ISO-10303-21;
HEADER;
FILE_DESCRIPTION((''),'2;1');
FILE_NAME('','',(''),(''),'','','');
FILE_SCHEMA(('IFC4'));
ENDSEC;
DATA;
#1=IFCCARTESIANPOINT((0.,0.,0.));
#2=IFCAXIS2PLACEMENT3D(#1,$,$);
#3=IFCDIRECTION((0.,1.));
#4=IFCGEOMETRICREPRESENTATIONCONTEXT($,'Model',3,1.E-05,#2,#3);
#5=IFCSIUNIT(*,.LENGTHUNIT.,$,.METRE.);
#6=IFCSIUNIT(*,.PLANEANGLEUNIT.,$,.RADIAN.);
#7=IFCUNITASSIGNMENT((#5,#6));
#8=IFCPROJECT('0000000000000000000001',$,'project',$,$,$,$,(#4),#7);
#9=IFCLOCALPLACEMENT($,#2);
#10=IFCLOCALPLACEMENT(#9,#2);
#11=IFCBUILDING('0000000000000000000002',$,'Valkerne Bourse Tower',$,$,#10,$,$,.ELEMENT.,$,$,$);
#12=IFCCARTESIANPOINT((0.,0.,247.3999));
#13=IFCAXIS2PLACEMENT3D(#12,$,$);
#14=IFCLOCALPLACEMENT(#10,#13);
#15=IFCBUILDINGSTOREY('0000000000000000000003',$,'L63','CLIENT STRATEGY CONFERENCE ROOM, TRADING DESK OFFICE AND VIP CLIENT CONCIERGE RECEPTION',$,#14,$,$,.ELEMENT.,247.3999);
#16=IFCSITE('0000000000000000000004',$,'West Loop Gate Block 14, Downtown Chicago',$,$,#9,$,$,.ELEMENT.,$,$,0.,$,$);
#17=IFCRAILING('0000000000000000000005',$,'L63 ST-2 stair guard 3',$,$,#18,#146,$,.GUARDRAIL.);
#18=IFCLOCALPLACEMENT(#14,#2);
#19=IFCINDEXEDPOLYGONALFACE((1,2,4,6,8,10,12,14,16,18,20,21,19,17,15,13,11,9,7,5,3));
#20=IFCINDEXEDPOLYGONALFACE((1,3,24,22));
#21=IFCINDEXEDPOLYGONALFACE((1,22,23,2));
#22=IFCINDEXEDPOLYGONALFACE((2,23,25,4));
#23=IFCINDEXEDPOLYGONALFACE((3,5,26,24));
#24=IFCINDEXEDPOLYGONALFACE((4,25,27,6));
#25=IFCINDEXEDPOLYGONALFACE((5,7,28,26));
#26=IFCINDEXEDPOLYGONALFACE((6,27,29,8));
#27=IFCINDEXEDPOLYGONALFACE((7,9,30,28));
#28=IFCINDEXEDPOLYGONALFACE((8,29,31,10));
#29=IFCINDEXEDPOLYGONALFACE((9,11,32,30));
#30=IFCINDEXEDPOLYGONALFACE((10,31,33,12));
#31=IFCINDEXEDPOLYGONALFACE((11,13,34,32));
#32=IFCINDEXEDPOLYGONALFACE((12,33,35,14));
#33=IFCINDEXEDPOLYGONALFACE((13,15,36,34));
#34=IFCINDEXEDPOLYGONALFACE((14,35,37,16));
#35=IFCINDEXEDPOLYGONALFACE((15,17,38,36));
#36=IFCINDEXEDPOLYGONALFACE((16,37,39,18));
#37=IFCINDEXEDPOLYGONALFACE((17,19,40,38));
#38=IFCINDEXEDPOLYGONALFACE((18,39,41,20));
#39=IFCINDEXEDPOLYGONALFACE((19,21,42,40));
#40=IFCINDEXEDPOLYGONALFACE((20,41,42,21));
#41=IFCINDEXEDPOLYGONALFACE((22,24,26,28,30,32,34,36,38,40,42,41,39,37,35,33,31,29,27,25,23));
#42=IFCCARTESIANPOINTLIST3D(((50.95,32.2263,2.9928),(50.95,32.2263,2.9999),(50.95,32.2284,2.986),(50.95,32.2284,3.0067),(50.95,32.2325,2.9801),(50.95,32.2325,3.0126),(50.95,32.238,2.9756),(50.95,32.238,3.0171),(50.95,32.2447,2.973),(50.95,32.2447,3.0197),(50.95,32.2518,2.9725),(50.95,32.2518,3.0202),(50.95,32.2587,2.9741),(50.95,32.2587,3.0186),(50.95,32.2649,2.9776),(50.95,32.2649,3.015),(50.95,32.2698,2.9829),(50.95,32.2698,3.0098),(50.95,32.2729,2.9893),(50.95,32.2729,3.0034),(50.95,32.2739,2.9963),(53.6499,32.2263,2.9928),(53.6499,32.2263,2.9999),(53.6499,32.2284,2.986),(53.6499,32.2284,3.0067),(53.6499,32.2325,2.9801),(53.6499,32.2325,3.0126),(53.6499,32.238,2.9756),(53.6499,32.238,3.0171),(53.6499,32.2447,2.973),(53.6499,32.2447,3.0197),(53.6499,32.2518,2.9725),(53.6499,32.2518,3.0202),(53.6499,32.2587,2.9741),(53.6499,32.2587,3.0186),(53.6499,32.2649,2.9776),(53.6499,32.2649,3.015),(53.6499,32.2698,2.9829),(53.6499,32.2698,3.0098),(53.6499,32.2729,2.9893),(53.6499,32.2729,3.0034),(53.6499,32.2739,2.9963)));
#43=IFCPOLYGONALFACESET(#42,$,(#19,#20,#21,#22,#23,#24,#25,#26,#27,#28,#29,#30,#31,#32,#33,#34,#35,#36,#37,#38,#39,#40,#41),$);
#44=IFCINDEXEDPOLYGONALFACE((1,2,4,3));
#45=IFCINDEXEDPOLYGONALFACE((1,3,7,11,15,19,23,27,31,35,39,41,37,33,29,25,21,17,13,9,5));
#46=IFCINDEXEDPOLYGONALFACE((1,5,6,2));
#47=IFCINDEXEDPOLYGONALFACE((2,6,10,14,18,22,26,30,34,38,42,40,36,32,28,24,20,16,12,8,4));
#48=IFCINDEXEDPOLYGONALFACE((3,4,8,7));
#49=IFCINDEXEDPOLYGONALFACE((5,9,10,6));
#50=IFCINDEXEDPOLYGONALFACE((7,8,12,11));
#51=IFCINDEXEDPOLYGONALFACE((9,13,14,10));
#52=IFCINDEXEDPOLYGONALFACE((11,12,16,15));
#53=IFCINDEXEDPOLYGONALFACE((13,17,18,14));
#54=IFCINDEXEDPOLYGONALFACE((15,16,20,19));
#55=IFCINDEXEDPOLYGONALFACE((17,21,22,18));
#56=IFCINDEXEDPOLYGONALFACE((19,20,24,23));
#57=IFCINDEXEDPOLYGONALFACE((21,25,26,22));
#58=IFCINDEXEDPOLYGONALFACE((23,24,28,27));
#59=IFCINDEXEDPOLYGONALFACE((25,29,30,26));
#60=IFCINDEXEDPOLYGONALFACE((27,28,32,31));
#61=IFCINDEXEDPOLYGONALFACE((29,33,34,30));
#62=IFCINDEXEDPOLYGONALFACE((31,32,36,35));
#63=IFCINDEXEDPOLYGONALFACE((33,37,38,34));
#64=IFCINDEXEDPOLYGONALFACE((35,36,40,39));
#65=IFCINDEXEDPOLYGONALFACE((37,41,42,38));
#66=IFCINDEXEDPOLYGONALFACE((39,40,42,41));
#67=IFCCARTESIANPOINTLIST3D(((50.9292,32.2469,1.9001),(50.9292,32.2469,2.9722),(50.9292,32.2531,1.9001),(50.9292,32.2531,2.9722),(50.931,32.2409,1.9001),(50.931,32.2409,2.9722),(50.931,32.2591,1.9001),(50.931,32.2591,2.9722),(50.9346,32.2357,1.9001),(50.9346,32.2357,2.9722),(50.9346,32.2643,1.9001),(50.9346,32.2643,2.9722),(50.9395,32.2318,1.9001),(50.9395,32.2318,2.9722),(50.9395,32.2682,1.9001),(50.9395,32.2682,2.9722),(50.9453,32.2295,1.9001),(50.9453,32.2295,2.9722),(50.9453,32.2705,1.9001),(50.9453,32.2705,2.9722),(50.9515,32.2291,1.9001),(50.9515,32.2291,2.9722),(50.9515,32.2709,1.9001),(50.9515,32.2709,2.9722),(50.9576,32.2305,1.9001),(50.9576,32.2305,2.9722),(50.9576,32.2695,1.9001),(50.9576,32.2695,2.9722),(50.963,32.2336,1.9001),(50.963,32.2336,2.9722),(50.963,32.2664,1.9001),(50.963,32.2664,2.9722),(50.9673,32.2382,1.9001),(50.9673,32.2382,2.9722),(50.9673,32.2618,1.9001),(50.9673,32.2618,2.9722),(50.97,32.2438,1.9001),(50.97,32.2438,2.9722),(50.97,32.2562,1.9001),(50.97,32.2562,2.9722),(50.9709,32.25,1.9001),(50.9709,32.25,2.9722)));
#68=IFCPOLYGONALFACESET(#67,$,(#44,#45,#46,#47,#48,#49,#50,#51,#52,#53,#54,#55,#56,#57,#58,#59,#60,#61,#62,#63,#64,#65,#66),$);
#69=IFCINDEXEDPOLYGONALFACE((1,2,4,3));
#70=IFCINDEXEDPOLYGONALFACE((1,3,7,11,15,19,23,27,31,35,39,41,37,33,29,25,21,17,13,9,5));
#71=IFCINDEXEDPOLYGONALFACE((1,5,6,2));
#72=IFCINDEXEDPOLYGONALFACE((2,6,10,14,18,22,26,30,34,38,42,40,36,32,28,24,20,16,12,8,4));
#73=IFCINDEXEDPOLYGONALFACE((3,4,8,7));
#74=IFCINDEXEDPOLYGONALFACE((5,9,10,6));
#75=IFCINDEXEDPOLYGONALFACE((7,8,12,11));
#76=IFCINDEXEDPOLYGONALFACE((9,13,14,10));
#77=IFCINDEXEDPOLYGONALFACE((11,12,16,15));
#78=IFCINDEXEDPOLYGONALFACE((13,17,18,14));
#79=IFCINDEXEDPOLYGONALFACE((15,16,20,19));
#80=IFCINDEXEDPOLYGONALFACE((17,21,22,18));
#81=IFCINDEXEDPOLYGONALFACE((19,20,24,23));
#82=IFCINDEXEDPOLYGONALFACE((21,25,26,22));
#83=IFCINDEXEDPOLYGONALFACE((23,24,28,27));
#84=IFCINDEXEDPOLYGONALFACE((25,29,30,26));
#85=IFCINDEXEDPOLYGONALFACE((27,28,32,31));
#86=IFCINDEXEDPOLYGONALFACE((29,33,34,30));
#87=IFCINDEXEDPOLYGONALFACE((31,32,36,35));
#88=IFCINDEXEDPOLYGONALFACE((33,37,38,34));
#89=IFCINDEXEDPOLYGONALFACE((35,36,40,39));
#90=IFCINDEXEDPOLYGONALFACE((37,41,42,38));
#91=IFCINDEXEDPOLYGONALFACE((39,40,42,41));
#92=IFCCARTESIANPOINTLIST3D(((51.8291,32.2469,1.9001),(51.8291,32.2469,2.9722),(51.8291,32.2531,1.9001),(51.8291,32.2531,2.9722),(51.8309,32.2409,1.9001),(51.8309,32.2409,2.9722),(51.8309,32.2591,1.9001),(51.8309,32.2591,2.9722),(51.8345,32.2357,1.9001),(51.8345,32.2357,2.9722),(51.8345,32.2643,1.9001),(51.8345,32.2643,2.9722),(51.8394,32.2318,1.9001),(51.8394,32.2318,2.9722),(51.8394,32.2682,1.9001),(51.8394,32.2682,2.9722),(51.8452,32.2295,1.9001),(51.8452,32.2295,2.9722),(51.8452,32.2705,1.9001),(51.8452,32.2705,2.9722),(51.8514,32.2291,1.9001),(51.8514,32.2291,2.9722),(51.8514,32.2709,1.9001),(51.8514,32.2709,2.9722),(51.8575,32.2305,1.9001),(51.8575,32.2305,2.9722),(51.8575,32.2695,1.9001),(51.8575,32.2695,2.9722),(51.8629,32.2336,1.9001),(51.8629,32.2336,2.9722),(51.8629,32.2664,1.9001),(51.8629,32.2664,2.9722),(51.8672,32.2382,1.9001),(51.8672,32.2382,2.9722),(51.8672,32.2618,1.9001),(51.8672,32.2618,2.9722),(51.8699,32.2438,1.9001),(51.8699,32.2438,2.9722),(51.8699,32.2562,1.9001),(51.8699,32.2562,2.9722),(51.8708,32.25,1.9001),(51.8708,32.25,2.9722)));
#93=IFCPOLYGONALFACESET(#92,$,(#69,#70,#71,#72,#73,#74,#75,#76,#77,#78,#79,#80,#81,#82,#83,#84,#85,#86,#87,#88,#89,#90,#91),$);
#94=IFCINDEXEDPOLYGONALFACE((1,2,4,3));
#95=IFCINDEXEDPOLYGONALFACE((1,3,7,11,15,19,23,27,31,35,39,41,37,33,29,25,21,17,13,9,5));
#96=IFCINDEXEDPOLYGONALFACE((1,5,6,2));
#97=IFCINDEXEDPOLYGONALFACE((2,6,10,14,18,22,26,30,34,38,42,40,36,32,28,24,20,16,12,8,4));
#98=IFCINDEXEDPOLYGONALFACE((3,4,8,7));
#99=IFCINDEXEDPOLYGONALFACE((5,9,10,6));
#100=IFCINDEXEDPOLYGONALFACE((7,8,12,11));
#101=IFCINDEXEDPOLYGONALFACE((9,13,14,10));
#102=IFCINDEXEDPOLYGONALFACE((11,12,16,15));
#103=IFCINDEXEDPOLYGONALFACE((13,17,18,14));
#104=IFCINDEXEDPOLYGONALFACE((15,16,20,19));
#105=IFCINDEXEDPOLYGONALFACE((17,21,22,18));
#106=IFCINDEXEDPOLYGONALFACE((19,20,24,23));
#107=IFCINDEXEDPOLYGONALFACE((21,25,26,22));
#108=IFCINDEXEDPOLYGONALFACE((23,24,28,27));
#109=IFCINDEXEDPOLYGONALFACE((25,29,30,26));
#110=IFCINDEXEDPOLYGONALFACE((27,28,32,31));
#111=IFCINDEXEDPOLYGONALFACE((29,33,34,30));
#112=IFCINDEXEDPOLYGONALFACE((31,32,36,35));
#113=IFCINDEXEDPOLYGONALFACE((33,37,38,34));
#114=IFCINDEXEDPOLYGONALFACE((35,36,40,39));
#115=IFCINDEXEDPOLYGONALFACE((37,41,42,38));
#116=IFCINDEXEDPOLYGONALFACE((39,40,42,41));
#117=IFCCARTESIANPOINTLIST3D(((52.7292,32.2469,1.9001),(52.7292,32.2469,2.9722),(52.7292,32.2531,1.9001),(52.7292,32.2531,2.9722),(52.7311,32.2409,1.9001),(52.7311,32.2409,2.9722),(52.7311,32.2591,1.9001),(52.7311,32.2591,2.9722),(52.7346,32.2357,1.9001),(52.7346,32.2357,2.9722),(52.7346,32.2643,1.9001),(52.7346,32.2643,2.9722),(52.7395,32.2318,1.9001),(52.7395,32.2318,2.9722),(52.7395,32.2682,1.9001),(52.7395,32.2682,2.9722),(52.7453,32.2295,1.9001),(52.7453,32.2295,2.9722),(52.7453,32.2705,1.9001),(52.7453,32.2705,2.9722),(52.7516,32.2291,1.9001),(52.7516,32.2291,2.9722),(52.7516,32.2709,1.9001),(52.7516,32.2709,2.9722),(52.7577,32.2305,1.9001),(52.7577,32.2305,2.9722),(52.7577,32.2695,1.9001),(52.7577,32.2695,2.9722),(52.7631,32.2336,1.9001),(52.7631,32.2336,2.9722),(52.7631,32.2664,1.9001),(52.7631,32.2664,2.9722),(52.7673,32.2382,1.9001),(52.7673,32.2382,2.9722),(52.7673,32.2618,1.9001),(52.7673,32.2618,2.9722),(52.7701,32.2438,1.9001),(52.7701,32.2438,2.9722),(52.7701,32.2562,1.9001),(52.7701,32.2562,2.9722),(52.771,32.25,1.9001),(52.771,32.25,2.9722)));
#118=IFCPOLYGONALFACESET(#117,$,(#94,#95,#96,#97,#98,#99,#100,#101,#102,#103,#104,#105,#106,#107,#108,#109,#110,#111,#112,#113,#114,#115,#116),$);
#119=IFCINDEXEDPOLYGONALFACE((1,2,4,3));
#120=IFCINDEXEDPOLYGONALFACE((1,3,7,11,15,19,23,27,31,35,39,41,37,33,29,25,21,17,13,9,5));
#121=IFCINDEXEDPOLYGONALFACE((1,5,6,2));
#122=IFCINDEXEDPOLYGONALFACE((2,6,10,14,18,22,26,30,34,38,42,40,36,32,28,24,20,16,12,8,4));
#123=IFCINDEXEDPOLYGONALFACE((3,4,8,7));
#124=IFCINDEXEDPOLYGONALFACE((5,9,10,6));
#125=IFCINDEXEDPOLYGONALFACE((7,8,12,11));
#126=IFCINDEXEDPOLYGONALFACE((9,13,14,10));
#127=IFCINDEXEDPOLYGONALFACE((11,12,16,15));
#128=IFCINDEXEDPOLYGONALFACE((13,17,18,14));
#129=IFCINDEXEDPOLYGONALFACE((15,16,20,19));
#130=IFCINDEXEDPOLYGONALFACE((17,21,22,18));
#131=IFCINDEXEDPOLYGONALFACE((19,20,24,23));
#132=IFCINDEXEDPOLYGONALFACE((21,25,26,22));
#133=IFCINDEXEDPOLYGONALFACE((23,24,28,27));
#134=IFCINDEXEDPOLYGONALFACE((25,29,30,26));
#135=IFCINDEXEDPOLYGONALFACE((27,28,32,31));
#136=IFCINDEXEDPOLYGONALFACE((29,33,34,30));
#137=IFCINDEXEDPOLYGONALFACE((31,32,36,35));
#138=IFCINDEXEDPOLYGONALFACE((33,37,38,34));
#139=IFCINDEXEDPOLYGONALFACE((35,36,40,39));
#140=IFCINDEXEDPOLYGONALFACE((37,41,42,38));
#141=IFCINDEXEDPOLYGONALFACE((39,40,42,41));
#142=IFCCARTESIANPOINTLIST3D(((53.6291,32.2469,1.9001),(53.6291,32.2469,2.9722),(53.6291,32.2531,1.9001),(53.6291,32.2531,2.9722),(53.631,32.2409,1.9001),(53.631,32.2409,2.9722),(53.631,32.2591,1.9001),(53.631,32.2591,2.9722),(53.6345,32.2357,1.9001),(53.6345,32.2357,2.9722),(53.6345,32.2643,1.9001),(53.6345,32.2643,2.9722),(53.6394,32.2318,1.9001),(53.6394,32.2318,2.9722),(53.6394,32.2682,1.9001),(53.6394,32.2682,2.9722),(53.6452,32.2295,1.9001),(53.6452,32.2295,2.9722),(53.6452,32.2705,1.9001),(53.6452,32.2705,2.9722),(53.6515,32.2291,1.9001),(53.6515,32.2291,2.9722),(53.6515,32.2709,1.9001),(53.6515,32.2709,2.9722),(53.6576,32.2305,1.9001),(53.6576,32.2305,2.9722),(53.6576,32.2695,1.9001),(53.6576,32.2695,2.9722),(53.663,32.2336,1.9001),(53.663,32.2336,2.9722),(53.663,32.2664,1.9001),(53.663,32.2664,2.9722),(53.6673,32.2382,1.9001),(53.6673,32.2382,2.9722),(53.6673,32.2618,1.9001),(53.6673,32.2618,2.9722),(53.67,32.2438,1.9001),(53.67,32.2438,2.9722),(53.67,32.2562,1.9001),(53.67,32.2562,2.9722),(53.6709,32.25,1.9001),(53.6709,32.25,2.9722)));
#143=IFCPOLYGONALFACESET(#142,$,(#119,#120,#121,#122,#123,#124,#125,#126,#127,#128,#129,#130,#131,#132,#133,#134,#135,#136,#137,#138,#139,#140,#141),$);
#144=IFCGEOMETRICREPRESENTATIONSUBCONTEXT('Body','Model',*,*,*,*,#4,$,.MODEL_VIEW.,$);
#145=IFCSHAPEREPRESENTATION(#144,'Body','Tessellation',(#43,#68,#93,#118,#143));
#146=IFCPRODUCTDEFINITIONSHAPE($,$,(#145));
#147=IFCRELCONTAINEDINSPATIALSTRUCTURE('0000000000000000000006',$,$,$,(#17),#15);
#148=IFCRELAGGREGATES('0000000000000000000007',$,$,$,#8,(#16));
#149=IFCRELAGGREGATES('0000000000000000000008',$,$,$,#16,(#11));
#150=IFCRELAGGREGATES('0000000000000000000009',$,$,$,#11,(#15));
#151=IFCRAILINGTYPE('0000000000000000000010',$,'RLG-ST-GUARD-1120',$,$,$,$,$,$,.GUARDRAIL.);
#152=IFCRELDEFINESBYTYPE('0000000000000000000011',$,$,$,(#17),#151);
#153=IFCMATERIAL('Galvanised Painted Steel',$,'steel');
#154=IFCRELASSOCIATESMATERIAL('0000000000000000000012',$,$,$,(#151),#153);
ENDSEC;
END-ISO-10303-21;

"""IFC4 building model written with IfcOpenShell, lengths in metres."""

from ifc_helpers import new_model, si_unit, direction, frame, origin, origin_2d, place, context, subcontext, project, spatial, circle, extrude, material, type_object, element, save


model = new_model("IFC4")

# Units and contexts
model_context = context("Model", 3, precision=1e-05, world=origin(), true_north=direction((0.0, 1.0)))
body_context = subcontext(model_context, "Body", "Model", "MODEL_VIEW")
ifc_project = project(units=[si_unit("LENGTHUNIT", "METRE"), si_unit("PLANEANGLEUNIT", "RADIAN")], contexts=[model_context])

# Site, building, storey
site_placement = place(None, origin())
site = spatial("IfcSite", under=ifc_project, at=site_placement, Name="West Loop Gate Block 14, Downtown Chicago", CompositionType="ELEMENT", RefElevation=0.0)
building_placement = place(site_placement, origin())
building = spatial("IfcBuilding", under=site, at=building_placement, Name="Valkerne Bourse Tower", CompositionType="ELEMENT")
storey_placement = place(building_placement, frame((0.0, 0.0, 247.3999)))
storey = spatial("IfcBuildingStorey", under=building, at=storey_placement, Name="L63", Description="CLIENT STRATEGY CONFERENCE ROOM, TRADING DESK OFFICE AND VIP CLIENT CONCIERGE RECEPTION", CompositionType="ELEMENT", Elevation=247.3999)

# Shared definitions
ifc_material_1 = material(Name="Galvanised Painted Steel", Category="steel")

# Railing
railing_type_1 = type_object("IfcRailingType", Name="RLG-ST-GUARD-1120", PredefinedType="GUARDRAIL", material=ifc_material_1)
for number, where, name in (
    (1, (50.95, 32.25, 1.9001), "L63 ST-2 stair guard 3"),
):
    element("IfcRailing", number, at=place(storey_placement, frame(where)), inside=storey, type_object=railing_type_1, Name=name, PredefinedType="GUARDRAIL", context=body_context, shape_type="SweptSolid", body=[
        extrude(circle(Radius=0.0239, at=origin_2d()), frame((0.0, 0.0, 1.0962), z_axis=(1.0, 0.0, 0.0), x_axis=(0.0, 1.0, 0.0)), (0.0, 0.0, 1.0), 2.7),
        extrude(circle(Radius=0.021, at=origin_2d()), origin(), (0.0, 0.0, 1.0), 1.072),
        extrude(circle(Radius=0.021, at=origin_2d()), frame((0.8999, 0.0, 0.0)), (0.0, 0.0, 1.0), 1.072),
        extrude(circle(Radius=0.021, at=origin_2d()), frame((1.8, 0.0, 0.0)), (0.0, 0.0, 1.0), 1.072),
        extrude(circle(Radius=0.021, at=origin_2d()), frame((2.7, 0.0, 0.0)), (0.0, 0.0, 1.0), 1.072),
    ])

save(model, "model.ifc")
